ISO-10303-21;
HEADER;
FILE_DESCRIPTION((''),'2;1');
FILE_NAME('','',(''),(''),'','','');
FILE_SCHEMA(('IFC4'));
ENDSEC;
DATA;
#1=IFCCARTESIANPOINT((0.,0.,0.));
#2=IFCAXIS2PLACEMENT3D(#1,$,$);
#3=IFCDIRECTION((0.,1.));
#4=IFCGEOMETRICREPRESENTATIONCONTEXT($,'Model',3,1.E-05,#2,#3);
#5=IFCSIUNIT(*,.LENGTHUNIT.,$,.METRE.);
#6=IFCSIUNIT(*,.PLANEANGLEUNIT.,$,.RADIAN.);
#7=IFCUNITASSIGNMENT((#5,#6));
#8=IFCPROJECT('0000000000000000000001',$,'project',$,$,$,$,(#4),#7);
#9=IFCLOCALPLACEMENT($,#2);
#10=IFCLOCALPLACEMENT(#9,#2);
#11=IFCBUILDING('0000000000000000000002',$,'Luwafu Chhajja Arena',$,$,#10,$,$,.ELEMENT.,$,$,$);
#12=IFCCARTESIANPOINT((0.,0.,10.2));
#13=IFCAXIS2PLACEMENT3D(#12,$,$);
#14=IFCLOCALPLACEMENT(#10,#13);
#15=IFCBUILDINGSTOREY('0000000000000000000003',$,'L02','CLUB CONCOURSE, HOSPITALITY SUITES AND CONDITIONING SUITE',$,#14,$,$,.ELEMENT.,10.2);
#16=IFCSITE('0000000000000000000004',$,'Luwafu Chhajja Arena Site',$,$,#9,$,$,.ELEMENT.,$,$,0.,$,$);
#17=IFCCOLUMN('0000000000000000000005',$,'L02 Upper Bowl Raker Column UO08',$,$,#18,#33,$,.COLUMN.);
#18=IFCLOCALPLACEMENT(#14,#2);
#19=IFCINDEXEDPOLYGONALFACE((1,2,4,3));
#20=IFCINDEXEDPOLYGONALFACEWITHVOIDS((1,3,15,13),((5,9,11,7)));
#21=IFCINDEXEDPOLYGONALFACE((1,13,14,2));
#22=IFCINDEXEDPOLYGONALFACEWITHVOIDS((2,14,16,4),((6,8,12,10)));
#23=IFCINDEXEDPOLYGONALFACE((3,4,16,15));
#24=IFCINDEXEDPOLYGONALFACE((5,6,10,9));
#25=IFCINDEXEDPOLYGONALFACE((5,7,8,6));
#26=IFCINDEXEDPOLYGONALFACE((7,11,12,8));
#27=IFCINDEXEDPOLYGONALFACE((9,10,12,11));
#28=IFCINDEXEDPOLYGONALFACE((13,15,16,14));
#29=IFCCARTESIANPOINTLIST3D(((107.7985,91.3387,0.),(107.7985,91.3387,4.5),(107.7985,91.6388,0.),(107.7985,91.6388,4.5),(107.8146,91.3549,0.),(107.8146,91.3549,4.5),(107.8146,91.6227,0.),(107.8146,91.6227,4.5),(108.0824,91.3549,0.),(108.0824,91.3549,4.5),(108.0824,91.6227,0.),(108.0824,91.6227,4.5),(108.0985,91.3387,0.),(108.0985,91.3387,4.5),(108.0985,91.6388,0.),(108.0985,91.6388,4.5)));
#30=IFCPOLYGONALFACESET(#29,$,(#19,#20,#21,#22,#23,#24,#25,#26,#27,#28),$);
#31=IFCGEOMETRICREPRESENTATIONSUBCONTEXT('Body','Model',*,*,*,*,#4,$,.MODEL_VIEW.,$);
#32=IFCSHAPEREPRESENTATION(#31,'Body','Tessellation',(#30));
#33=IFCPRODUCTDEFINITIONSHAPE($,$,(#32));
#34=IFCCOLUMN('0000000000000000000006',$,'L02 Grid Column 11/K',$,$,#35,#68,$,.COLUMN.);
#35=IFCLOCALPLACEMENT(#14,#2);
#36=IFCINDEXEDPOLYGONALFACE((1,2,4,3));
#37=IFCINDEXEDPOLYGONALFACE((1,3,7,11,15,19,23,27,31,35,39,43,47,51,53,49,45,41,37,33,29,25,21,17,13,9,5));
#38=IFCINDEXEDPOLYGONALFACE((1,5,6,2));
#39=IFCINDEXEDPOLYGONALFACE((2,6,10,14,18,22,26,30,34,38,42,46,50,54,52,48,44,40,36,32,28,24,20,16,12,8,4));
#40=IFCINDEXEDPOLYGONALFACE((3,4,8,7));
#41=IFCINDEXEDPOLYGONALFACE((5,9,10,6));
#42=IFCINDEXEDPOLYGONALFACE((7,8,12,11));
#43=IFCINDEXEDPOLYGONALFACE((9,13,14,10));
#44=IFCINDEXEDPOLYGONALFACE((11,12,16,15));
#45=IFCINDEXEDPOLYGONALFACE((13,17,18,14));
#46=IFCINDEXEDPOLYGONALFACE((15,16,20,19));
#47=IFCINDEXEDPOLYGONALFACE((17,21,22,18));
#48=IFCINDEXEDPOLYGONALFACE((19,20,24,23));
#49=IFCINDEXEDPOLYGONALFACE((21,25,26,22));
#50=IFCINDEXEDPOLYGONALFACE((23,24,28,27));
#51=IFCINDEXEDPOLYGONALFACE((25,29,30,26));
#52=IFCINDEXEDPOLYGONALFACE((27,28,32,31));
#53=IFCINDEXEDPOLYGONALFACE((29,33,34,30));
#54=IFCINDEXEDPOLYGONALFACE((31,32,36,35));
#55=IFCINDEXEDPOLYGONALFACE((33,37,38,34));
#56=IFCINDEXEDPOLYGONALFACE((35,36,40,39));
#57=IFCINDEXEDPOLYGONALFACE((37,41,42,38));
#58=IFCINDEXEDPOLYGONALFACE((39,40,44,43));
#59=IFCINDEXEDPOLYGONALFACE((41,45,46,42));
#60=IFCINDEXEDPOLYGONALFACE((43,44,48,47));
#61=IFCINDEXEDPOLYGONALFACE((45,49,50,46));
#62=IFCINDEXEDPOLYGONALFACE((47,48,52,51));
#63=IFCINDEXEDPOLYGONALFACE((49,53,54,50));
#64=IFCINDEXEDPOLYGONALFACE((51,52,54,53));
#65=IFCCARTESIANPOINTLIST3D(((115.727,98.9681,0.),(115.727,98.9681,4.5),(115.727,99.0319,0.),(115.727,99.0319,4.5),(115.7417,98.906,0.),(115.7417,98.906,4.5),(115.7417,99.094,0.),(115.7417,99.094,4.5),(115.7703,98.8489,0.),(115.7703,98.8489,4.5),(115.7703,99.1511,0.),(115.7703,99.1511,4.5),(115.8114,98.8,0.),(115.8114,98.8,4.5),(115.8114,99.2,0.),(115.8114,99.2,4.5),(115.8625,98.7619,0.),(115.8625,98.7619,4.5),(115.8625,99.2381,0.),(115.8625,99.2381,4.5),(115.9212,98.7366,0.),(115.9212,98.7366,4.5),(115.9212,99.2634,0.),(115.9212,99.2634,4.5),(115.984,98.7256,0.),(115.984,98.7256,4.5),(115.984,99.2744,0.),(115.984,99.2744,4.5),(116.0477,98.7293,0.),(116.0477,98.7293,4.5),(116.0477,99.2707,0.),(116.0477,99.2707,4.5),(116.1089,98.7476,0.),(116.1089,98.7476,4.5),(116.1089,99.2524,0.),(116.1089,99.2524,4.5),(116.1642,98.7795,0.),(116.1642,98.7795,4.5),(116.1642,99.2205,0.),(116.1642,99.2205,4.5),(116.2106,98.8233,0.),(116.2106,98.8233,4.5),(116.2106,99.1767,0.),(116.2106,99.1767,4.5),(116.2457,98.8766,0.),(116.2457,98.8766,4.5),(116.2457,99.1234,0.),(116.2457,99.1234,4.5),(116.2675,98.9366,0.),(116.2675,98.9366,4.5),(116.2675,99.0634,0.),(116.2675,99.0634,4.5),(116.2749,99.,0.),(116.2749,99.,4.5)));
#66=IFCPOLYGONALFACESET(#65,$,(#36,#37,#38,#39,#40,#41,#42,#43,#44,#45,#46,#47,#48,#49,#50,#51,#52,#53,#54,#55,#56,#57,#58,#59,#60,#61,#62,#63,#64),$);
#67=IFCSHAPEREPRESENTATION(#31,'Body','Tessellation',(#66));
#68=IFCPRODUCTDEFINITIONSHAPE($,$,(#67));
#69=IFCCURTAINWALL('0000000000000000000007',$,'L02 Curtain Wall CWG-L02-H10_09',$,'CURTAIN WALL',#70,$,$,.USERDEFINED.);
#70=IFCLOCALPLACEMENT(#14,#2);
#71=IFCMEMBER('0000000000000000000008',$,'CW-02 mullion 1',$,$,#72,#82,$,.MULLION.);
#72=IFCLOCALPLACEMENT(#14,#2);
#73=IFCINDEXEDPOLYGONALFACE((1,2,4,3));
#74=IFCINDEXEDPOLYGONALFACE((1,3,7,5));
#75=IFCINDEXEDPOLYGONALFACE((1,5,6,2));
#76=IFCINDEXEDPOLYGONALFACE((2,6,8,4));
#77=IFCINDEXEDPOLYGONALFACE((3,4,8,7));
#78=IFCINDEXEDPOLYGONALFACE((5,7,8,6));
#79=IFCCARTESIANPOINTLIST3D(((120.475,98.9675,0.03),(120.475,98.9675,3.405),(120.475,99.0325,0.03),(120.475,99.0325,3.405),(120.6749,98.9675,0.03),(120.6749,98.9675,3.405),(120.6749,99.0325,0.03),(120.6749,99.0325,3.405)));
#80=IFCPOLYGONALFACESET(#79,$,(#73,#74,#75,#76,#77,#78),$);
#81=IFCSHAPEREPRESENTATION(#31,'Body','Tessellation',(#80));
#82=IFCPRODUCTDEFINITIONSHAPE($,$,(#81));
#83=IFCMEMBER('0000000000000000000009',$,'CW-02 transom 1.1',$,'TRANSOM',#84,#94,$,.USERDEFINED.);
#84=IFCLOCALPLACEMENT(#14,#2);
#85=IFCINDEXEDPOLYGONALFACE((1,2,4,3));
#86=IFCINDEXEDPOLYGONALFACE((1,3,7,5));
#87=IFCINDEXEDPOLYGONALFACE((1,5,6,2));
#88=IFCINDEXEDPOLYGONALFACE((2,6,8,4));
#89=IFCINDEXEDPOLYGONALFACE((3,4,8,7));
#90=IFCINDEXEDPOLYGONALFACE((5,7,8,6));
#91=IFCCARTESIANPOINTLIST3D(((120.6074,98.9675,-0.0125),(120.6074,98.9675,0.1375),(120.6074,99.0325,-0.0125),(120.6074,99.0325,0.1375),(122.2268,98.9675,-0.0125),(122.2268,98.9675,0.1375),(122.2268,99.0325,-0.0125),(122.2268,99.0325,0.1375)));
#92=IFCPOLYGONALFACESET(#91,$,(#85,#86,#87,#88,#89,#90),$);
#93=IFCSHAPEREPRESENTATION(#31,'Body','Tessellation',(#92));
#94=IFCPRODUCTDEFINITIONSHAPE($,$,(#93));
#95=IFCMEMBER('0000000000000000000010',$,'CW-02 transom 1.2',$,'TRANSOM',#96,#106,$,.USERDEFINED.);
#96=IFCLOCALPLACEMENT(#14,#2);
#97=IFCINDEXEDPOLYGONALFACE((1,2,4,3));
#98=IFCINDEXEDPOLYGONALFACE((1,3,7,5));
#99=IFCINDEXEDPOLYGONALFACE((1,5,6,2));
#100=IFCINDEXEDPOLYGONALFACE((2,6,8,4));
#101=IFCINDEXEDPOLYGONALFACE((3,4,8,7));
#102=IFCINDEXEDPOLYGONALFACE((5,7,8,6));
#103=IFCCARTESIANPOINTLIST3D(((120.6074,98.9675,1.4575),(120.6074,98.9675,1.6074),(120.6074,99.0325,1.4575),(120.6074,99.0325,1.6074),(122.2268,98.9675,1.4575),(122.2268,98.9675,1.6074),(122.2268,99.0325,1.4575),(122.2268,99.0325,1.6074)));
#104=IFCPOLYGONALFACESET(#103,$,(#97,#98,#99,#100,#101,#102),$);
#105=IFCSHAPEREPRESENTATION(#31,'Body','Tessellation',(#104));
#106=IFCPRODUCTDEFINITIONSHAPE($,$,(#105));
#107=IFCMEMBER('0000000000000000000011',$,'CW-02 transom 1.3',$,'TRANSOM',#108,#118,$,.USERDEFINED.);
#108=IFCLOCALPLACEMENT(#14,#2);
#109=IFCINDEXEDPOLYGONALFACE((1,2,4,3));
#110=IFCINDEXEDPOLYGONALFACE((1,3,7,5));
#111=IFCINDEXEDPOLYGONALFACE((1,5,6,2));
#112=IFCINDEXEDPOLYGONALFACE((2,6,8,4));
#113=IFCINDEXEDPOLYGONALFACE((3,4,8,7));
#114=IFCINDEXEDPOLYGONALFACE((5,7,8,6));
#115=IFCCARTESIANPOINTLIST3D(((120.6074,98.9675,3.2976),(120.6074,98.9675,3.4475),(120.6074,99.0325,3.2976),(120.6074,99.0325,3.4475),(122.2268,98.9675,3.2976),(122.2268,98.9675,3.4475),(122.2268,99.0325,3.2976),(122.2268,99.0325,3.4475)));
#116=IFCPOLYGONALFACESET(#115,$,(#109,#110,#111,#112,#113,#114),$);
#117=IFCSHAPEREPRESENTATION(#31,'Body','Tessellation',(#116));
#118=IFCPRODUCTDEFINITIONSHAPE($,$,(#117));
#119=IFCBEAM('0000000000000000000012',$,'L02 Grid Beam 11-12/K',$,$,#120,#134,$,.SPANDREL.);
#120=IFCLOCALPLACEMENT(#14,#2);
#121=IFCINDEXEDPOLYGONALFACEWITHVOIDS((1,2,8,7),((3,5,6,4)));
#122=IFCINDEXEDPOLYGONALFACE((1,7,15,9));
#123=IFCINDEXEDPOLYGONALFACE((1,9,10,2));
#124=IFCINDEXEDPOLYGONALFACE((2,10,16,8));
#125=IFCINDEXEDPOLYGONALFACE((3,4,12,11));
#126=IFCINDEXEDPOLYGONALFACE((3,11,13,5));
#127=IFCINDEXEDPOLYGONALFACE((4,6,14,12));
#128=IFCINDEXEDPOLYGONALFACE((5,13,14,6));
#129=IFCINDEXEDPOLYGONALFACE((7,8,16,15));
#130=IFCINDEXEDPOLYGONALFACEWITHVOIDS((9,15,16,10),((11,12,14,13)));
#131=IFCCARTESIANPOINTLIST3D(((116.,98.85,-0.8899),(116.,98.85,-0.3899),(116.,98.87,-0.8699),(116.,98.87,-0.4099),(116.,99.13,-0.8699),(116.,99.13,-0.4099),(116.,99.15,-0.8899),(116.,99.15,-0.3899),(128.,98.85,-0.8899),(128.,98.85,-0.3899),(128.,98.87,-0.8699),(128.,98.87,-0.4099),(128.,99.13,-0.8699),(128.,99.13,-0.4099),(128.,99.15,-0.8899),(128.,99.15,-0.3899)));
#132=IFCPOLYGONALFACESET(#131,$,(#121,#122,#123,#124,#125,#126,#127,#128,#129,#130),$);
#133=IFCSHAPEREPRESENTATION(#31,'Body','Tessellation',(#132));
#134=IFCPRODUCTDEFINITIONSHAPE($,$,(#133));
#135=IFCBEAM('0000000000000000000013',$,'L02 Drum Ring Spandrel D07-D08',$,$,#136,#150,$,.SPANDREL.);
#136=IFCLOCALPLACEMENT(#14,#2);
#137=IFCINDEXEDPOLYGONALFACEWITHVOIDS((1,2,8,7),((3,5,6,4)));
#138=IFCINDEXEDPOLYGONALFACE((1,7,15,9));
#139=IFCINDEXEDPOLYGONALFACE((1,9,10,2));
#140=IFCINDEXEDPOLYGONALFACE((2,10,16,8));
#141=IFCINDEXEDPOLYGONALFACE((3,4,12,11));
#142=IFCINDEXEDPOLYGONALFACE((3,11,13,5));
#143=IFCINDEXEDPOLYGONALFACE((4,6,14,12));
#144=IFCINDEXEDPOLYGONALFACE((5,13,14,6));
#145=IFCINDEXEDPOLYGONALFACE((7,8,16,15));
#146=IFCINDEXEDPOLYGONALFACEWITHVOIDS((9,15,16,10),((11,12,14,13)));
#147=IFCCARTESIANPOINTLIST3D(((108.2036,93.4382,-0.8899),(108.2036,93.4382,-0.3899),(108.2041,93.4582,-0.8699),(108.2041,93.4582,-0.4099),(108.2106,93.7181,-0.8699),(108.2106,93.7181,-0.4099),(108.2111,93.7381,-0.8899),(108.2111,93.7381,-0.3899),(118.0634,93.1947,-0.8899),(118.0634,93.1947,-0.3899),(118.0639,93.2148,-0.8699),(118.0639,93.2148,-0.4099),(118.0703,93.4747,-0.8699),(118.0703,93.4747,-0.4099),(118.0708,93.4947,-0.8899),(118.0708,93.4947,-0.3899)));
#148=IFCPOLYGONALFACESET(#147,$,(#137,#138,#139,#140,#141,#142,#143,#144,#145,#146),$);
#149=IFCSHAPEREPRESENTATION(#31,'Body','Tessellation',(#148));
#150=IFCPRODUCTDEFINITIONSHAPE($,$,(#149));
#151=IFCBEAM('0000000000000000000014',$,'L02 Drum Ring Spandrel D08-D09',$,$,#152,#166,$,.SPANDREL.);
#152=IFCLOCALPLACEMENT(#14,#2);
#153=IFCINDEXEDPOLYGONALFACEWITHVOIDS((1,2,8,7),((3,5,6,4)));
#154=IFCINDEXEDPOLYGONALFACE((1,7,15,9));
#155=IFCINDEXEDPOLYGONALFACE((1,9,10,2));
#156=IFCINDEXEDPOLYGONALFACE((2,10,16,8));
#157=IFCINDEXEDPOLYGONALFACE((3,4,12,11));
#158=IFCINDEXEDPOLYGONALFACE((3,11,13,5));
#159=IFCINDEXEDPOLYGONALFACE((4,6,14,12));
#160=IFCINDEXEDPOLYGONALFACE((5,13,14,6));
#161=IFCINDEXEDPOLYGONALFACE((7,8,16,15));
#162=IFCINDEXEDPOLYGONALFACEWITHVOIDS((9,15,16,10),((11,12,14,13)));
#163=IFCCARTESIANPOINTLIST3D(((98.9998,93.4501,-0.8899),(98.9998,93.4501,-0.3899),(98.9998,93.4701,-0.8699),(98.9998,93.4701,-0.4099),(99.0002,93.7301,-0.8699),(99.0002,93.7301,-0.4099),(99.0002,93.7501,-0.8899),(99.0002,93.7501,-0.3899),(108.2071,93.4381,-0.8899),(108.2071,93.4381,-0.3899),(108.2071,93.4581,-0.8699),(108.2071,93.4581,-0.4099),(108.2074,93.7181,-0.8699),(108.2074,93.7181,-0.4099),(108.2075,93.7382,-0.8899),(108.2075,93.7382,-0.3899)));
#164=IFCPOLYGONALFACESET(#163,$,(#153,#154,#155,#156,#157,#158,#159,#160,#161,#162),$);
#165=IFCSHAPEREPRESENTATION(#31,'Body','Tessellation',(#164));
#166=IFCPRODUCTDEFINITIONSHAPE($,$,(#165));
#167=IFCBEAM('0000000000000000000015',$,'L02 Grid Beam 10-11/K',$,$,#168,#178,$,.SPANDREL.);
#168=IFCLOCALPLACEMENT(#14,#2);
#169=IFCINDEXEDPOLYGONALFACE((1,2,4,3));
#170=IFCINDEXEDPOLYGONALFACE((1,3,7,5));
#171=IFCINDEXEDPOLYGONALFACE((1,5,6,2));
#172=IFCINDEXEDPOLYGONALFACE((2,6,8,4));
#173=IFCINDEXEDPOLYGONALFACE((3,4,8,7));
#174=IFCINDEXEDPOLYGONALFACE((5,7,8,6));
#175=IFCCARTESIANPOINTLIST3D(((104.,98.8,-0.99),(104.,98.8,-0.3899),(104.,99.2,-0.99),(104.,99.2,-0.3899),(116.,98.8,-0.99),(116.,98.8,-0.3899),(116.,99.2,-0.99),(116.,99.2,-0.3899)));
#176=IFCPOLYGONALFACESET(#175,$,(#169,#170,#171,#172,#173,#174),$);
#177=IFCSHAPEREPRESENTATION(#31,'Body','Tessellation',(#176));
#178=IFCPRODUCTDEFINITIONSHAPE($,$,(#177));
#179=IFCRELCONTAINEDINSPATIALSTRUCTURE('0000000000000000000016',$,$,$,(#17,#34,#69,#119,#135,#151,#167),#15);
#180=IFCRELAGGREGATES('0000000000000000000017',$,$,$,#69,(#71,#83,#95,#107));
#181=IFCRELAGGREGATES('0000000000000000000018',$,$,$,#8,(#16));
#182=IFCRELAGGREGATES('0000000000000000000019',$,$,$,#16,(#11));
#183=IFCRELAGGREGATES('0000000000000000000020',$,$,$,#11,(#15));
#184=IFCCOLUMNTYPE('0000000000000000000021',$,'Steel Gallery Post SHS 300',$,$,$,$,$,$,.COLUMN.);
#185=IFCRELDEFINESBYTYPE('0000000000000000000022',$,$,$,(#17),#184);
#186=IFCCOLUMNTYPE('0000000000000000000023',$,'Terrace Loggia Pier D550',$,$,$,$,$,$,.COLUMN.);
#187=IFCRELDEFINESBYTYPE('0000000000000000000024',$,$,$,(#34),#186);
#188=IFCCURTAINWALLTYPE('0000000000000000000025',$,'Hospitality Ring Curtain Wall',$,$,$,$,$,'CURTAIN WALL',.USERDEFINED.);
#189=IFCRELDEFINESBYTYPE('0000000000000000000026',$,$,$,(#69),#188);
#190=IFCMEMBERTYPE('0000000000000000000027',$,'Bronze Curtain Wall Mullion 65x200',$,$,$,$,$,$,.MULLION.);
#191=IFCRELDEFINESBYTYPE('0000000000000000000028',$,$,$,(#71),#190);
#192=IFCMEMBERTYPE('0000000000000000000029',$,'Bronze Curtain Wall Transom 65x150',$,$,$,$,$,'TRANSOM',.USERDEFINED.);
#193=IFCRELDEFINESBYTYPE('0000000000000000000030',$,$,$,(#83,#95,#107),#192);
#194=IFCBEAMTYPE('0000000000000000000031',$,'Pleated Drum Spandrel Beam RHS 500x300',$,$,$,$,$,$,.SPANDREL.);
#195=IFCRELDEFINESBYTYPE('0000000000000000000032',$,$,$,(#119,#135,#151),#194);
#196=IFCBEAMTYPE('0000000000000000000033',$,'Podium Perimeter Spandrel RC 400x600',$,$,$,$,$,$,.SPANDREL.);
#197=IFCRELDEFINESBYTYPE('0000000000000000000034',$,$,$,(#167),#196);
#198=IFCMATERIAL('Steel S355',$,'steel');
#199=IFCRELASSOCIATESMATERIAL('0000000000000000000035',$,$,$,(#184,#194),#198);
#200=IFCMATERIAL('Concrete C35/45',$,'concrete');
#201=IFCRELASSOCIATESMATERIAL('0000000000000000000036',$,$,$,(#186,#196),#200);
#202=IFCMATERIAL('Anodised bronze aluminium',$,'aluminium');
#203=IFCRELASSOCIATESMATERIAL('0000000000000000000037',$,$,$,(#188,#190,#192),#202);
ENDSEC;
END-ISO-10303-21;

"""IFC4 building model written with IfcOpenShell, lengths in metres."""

from ifc_helpers import new_model, si_unit, direction, frame, origin, origin_2d, place, context, subcontext, project, spatial, rectangle, hollow_rectangle, circle, extrude, material, material_profile, profile_set, type_object, element, aggregate, save


model = new_model("IFC4")

# Units and contexts
model_context = context("Model", 3, precision=1e-05, world=origin(), true_north=direction((0.0, 1.0)))
body_context = subcontext(model_context, "Body", "Model", "MODEL_VIEW")
ifc_project = project(units=[si_unit("LENGTHUNIT", "METRE"), si_unit("PLANEANGLEUNIT", "RADIAN")], contexts=[model_context])

# Site, building, storey
site_placement = place(None, origin())
site = spatial("IfcSite", under=ifc_project, at=site_placement, Name="Luwafu Chhajja Arena Site", CompositionType="ELEMENT", RefElevation=0.0)
building_placement = place(site_placement, origin())
building = spatial("IfcBuilding", under=site, at=building_placement, Name="Luwafu Chhajja Arena", CompositionType="ELEMENT")
storey_placement = place(building_placement, frame((0.0, 0.0, 10.2)))
storey = spatial("IfcBuildingStorey", under=building, at=storey_placement, Name="L02", Description="CLUB CONCOURSE, HOSPITALITY SUITES AND CONDITIONING SUITE", CompositionType="ELEMENT", Elevation=10.2)

# Columns
ifc_material_1 = material(Name="Concrete C35/45", Category="concrete")
ifc_material_2 = material(Name="Steel S355", Category="steel")
ifc_material_profile_1 = material_profile(ifc_material_2, hollow_rectangle(XDim=0.3, YDim=0.3, WallThickness=0.0161, at=origin_2d()), Name="SHS 300x300x16")
ifc_profile_set_1 = profile_set([ifc_material_profile_1], Name="Steel S355")
column_type_1 = type_object("IfcColumnType", Name="Steel Gallery Post SHS 300", PredefinedType="COLUMN", material=ifc_profile_set_1)
column_1_placement = place(storey_placement, frame((107.9485, 91.4888, 0.0), z_axis=(0.0, 0.0, 1.0), x_axis=(1.0, 0.0, 0.0)))
element("IfcColumn", 1, at=column_1_placement, inside=storey, type_object=column_type_1, Name="L02 Upper Bowl Raker Column UO08", PredefinedType="COLUMN", context=body_context, shape_type="SweptSolid", body=[
    extrude(hollow_rectangle(XDim=0.3, YDim=0.3, WallThickness=0.0161, at=origin_2d()), origin(), (0.0, 0.0, 1.0), 4.5),
])
ifc_material_profile_2 = material_profile(ifc_material_1, circle(Radius=0.2749, at=origin_2d()), Name="RC COL D550")
ifc_profile_set_2 = profile_set([ifc_material_profile_2], Name="Concrete C35/45")
column_type_2 = type_object("IfcColumnType", Name="Terrace Loggia Pier D550", PredefinedType="COLUMN", material=ifc_profile_set_2)
column_2_placement = place(storey_placement, frame((116.0, 99.0, 0.0), z_axis=(0.0, 0.0, 1.0), x_axis=(1.0, 0.0, 0.0)))
element("IfcColumn", 2, at=column_2_placement, inside=storey, type_object=column_type_2, Name="L02 Grid Column 11/K", PredefinedType="COLUMN", context=body_context, shape_type="SweptSolid", body=[
    extrude(circle(Radius=0.2749, at=origin_2d()), origin(), (0.0, 0.0, 1.0), 4.5),
])

# Curtain wall, members
ifc_material_3 = material(Name="Anodised bronze aluminium", Category="aluminium")
curtain_wall_type = type_object("IfcCurtainWallType", Name="Hospitality Ring Curtain Wall", ElementType="CURTAIN WALL", PredefinedType="USERDEFINED", material=ifc_material_3)
curtain_wall_placement = place(storey_placement, origin())
curtain_wall = element("IfcCurtainWall", 3, at=curtain_wall_placement, inside=storey, type_object=curtain_wall_type, Name="L02 Curtain Wall CWG-L02-H10_09", ObjectType="CURTAIN WALL", PredefinedType="USERDEFINED")
ifc_material_profile_3 = material_profile(ifc_material_3, rectangle(XDim=0.0649, YDim=0.2, at=origin_2d()), Name="CWM 65x200")
ifc_profile_set_3 = profile_set([ifc_material_profile_3], Name="Anodised bronze aluminium")
member_type_1 = type_object("IfcMemberType", Name="Bronze Curtain Wall Mullion 65x200", PredefinedType="MULLION", material=ifc_profile_set_3)
member_1_placement = place(storey_placement, frame((120.575, 99.0, 0.03), z_axis=(0.0, 0.0, 1.0), x_axis=(0.0, 1.0, 0.0)))
member_1 = element("IfcMember", 4, at=member_1_placement, type_object=member_type_1, Name="CW-02 mullion 1", PredefinedType="MULLION", context=body_context, shape_type="SweptSolid", body=[
    extrude(rectangle(XDim=0.0649, YDim=0.2, at=origin_2d()), origin(), (0.0, 0.0, 1.0), 3.375),
])
ifc_material_profile_4 = material_profile(ifc_material_3, rectangle(XDim=0.0649, YDim=0.1499, at=origin_2d()), Name="CWT 65x150")
ifc_profile_set_4 = profile_set([ifc_material_profile_4], Name="Anodised bronze aluminium")
member_type_2 = type_object("IfcMemberType", Name="Bronze Curtain Wall Transom 65x150", ElementType="TRANSOM", PredefinedType="USERDEFINED", material=ifc_profile_set_4)
member_2_placement = place(storey_placement, frame((120.6074, 99.0, 0.0625), z_axis=(1.0, 0.0, 0.0), x_axis=(0.0, 1.0, 0.0)))
member_2 = element("IfcMember", 5, at=member_2_placement, type_object=member_type_2, Name="CW-02 transom 1.1", ObjectType="TRANSOM", PredefinedType="USERDEFINED", context=body_context, shape_type="SweptSolid", body=[
    extrude(rectangle(XDim=0.0649, YDim=0.1499, at=origin_2d()), origin(), (0.0, 0.0, 1.0), 1.6194),
])
member_3_placement = place(storey_placement, frame((120.6074, 99.0, 1.5325), z_axis=(1.0, 0.0, 0.0), x_axis=(0.0, 1.0, 0.0)))
member_3 = element("IfcMember", 6, at=member_3_placement, type_object=member_type_2, Name="CW-02 transom 1.2", ObjectType="TRANSOM", PredefinedType="USERDEFINED", context=body_context, shape_type="SweptSolid", body=[
    extrude(rectangle(XDim=0.0649, YDim=0.1499, at=origin_2d()), origin(), (0.0, 0.0, 1.0), 1.6194),
])
member_4_placement = place(storey_placement, frame((120.6074, 99.0, 3.3726), z_axis=(1.0, 0.0, 0.0), x_axis=(0.0, 1.0, 0.0)))
member_4 = element("IfcMember", 7, at=member_4_placement, type_object=member_type_2, Name="CW-02 transom 1.3", ObjectType="TRANSOM", PredefinedType="USERDEFINED", context=body_context, shape_type="SweptSolid", body=[
    extrude(rectangle(XDim=0.0649, YDim=0.1499, at=origin_2d()), origin(), (0.0, 0.0, 1.0), 1.6194),
])

# Beams
ifc_material_profile_5 = material_profile(ifc_material_2, hollow_rectangle(XDim=0.3, YDim=0.5, WallThickness=0.02, at=origin_2d()), Name="RHS 500x300x20")
ifc_profile_set_5 = profile_set([ifc_material_profile_5], Name="Steel S355")
beam_type_1 = type_object("IfcBeamType", Name="Pleated Drum Spandrel Beam RHS 500x300", PredefinedType="SPANDREL", material=ifc_profile_set_5)
beam_1_placement = place(storey_placement, frame((116.0, 99.0, -0.6399), z_axis=(1.0, 0.0, 0.0), x_axis=(0.0, 1.0, 0.0)))
element("IfcBeam", 8, at=beam_1_placement, inside=storey, type_object=beam_type_1, Name="L02 Grid Beam 11-12/K", PredefinedType="SPANDREL", context=body_context, shape_type="SweptSolid", body=[
    extrude(hollow_rectangle(XDim=0.3, YDim=0.5, WallThickness=0.02, at=origin_2d()), origin(), (0.0, 0.0, 1.0), 12.0),
])
beam_2_placement = place(storey_placement, frame((118.0671, 93.3447, -0.6399), z_axis=(-0.999695, 0.024679, 0.0), x_axis=(-0.024679, -0.999695, 0.0)))
element("IfcBeam", 9, at=beam_2_placement, inside=storey, type_object=beam_type_1, Name="L02 Drum Ring Spandrel D07-D08", PredefinedType="SPANDREL", context=body_context, shape_type="SweptSolid", body=[
    extrude(hollow_rectangle(XDim=0.3, YDim=0.5, WallThickness=0.02, at=origin_2d()), origin(), (0.0, 0.0, 1.0), 9.8628),
])
beam_3_placement = place(storey_placement, frame((108.2073, 93.5881, -0.6399), z_axis=(-0.999999, 0.001299, 0.0), x_axis=(-0.001299, -0.999999, 0.0)))
element("IfcBeam", 10, at=beam_3_placement, inside=storey, type_object=beam_type_1, Name="L02 Drum Ring Spandrel D08-D09", PredefinedType="SPANDREL", context=body_context, shape_type="SweptSolid", body=[
    extrude(hollow_rectangle(XDim=0.3, YDim=0.5, WallThickness=0.02, at=origin_2d()), origin(), (0.0, 0.0, 1.0), 9.2073),
])
ifc_material_profile_6 = material_profile(ifc_material_1, rectangle(XDim=0.3999, YDim=0.6001, at=origin_2d()), Name="RC 400x600")
ifc_profile_set_6 = profile_set([ifc_material_profile_6], Name="Concrete C35/45")
beam_type_2 = type_object("IfcBeamType", Name="Podium Perimeter Spandrel RC 400x600", PredefinedType="SPANDREL", material=ifc_profile_set_6)
beam_4_placement = place(storey_placement, frame((104.0, 99.0, -0.6899), z_axis=(1.0, 0.0, 0.0), x_axis=(0.0, 1.0, 0.0)))
element("IfcBeam", 11, at=beam_4_placement, inside=storey, type_object=beam_type_2, Name="L02 Grid Beam 10-11/K", PredefinedType="SPANDREL", context=body_context, shape_type="SweptSolid", body=[
    extrude(rectangle(XDim=0.3999, YDim=0.6001, at=origin_2d()), origin(), (0.0, 0.0, 1.0), 12.0),
])

aggregate(curtain_wall, [member_1, member_2, member_3, member_4])

save(model, "model.ifc")
